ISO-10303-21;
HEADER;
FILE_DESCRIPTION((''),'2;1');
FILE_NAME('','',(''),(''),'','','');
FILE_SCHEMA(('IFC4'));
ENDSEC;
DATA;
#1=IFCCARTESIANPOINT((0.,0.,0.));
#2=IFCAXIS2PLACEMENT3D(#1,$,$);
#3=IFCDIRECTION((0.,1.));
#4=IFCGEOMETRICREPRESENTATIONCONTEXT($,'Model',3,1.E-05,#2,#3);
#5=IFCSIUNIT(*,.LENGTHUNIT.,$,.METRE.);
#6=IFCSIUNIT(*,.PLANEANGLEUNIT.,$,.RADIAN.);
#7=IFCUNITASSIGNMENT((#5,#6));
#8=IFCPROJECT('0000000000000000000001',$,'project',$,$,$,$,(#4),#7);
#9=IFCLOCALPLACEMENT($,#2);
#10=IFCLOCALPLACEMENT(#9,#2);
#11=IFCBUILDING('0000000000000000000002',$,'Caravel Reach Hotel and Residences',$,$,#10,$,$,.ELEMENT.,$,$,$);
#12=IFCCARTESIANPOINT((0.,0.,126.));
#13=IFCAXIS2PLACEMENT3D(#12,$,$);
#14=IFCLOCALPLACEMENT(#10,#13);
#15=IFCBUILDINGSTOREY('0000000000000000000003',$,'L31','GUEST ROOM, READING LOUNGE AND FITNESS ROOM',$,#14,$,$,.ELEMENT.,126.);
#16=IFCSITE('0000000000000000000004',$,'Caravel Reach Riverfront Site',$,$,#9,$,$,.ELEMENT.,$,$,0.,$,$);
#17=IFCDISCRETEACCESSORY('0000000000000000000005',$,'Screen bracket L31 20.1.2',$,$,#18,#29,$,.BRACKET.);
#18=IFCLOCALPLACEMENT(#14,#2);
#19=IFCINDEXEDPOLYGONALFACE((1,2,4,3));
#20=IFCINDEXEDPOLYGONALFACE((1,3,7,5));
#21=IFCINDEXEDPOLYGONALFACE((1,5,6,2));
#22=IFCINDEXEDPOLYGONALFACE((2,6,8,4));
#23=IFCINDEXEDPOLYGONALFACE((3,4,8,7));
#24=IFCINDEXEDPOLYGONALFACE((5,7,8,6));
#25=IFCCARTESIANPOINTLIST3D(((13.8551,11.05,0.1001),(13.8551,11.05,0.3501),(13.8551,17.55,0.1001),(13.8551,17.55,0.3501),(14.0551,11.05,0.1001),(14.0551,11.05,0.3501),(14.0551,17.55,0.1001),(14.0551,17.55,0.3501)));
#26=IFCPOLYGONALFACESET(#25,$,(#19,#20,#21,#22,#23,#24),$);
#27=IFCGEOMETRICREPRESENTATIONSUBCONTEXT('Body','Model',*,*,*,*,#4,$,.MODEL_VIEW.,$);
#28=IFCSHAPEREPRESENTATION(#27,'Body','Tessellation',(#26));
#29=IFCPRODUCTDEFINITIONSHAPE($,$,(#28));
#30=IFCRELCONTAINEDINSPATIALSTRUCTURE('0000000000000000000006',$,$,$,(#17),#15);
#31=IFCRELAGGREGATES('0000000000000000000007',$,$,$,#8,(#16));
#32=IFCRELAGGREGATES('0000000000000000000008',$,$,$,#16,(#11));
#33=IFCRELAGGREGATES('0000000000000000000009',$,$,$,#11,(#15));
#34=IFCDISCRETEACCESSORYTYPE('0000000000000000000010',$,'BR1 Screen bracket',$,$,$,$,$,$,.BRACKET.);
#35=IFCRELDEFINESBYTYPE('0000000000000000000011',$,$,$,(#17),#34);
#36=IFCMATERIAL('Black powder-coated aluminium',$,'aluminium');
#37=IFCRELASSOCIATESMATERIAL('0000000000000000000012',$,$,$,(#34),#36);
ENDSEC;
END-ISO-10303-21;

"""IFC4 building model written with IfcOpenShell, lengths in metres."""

from ifc_helpers import new_model, si_unit, direction, frame, origin, origin_2d, place, context, subcontext, project, spatial, rectangle, extrude, material, type_object, element, save


model = new_model("IFC4")

# Units and contexts
model_context = context("Model", 3, precision=1e-05, world=origin(), true_north=direction((0.0, 1.0)))
body_context = subcontext(model_context, "Body", "Model", "MODEL_VIEW")
ifc_project = project(units=[si_unit("LENGTHUNIT", "METRE"), si_unit("PLANEANGLEUNIT", "RADIAN")], contexts=[model_context])

# Site, building, storey
site_placement = place(None, origin())
site = spatial("IfcSite", under=ifc_project, at=site_placement, Name="Caravel Reach Riverfront Site", CompositionType="ELEMENT", RefElevation=0.0)
building_placement = place(site_placement, origin())
building = spatial("IfcBuilding", under=site, at=building_placement, Name="Caravel Reach Hotel and Residences", CompositionType="ELEMENT")
storey_placement = place(building_placement, frame((0.0, 0.0, 126.0)))
storey = spatial("IfcBuildingStorey", under=building, at=storey_placement, Name="L31", Description="GUEST ROOM, READING LOUNGE AND FITNESS ROOM", CompositionType="ELEMENT", Elevation=126.0)

# Discrete accessory
ifc_material_1 = material(Name="Black powder-coated aluminium", Category="aluminium")
discrete_accessory_type = type_object("IfcDiscreteAccessoryType", Name="BR1 Screen bracket", PredefinedType="BRACKET", material=ifc_material_1)
discrete_accessory_1_placement = place(storey_placement, frame((13.9551, 14.3, 0.1001), z_axis=(0.0, 0.0, 1.0), x_axis=(0.0, -1.0, 0.0)))
element("IfcDiscreteAccessory", 1, at=discrete_accessory_1_placement, inside=storey, type_object=discrete_accessory_type, Name="Screen bracket L31 20.1.2", PredefinedType="BRACKET", context=body_context, shape_type="SweptSolid", body=[
    extrude(rectangle(XDim=6.5, YDim=0.2, at=origin_2d()), origin(), (0.0, 0.0, 1.0), 0.25),
])

save(model, "model.ifc")
